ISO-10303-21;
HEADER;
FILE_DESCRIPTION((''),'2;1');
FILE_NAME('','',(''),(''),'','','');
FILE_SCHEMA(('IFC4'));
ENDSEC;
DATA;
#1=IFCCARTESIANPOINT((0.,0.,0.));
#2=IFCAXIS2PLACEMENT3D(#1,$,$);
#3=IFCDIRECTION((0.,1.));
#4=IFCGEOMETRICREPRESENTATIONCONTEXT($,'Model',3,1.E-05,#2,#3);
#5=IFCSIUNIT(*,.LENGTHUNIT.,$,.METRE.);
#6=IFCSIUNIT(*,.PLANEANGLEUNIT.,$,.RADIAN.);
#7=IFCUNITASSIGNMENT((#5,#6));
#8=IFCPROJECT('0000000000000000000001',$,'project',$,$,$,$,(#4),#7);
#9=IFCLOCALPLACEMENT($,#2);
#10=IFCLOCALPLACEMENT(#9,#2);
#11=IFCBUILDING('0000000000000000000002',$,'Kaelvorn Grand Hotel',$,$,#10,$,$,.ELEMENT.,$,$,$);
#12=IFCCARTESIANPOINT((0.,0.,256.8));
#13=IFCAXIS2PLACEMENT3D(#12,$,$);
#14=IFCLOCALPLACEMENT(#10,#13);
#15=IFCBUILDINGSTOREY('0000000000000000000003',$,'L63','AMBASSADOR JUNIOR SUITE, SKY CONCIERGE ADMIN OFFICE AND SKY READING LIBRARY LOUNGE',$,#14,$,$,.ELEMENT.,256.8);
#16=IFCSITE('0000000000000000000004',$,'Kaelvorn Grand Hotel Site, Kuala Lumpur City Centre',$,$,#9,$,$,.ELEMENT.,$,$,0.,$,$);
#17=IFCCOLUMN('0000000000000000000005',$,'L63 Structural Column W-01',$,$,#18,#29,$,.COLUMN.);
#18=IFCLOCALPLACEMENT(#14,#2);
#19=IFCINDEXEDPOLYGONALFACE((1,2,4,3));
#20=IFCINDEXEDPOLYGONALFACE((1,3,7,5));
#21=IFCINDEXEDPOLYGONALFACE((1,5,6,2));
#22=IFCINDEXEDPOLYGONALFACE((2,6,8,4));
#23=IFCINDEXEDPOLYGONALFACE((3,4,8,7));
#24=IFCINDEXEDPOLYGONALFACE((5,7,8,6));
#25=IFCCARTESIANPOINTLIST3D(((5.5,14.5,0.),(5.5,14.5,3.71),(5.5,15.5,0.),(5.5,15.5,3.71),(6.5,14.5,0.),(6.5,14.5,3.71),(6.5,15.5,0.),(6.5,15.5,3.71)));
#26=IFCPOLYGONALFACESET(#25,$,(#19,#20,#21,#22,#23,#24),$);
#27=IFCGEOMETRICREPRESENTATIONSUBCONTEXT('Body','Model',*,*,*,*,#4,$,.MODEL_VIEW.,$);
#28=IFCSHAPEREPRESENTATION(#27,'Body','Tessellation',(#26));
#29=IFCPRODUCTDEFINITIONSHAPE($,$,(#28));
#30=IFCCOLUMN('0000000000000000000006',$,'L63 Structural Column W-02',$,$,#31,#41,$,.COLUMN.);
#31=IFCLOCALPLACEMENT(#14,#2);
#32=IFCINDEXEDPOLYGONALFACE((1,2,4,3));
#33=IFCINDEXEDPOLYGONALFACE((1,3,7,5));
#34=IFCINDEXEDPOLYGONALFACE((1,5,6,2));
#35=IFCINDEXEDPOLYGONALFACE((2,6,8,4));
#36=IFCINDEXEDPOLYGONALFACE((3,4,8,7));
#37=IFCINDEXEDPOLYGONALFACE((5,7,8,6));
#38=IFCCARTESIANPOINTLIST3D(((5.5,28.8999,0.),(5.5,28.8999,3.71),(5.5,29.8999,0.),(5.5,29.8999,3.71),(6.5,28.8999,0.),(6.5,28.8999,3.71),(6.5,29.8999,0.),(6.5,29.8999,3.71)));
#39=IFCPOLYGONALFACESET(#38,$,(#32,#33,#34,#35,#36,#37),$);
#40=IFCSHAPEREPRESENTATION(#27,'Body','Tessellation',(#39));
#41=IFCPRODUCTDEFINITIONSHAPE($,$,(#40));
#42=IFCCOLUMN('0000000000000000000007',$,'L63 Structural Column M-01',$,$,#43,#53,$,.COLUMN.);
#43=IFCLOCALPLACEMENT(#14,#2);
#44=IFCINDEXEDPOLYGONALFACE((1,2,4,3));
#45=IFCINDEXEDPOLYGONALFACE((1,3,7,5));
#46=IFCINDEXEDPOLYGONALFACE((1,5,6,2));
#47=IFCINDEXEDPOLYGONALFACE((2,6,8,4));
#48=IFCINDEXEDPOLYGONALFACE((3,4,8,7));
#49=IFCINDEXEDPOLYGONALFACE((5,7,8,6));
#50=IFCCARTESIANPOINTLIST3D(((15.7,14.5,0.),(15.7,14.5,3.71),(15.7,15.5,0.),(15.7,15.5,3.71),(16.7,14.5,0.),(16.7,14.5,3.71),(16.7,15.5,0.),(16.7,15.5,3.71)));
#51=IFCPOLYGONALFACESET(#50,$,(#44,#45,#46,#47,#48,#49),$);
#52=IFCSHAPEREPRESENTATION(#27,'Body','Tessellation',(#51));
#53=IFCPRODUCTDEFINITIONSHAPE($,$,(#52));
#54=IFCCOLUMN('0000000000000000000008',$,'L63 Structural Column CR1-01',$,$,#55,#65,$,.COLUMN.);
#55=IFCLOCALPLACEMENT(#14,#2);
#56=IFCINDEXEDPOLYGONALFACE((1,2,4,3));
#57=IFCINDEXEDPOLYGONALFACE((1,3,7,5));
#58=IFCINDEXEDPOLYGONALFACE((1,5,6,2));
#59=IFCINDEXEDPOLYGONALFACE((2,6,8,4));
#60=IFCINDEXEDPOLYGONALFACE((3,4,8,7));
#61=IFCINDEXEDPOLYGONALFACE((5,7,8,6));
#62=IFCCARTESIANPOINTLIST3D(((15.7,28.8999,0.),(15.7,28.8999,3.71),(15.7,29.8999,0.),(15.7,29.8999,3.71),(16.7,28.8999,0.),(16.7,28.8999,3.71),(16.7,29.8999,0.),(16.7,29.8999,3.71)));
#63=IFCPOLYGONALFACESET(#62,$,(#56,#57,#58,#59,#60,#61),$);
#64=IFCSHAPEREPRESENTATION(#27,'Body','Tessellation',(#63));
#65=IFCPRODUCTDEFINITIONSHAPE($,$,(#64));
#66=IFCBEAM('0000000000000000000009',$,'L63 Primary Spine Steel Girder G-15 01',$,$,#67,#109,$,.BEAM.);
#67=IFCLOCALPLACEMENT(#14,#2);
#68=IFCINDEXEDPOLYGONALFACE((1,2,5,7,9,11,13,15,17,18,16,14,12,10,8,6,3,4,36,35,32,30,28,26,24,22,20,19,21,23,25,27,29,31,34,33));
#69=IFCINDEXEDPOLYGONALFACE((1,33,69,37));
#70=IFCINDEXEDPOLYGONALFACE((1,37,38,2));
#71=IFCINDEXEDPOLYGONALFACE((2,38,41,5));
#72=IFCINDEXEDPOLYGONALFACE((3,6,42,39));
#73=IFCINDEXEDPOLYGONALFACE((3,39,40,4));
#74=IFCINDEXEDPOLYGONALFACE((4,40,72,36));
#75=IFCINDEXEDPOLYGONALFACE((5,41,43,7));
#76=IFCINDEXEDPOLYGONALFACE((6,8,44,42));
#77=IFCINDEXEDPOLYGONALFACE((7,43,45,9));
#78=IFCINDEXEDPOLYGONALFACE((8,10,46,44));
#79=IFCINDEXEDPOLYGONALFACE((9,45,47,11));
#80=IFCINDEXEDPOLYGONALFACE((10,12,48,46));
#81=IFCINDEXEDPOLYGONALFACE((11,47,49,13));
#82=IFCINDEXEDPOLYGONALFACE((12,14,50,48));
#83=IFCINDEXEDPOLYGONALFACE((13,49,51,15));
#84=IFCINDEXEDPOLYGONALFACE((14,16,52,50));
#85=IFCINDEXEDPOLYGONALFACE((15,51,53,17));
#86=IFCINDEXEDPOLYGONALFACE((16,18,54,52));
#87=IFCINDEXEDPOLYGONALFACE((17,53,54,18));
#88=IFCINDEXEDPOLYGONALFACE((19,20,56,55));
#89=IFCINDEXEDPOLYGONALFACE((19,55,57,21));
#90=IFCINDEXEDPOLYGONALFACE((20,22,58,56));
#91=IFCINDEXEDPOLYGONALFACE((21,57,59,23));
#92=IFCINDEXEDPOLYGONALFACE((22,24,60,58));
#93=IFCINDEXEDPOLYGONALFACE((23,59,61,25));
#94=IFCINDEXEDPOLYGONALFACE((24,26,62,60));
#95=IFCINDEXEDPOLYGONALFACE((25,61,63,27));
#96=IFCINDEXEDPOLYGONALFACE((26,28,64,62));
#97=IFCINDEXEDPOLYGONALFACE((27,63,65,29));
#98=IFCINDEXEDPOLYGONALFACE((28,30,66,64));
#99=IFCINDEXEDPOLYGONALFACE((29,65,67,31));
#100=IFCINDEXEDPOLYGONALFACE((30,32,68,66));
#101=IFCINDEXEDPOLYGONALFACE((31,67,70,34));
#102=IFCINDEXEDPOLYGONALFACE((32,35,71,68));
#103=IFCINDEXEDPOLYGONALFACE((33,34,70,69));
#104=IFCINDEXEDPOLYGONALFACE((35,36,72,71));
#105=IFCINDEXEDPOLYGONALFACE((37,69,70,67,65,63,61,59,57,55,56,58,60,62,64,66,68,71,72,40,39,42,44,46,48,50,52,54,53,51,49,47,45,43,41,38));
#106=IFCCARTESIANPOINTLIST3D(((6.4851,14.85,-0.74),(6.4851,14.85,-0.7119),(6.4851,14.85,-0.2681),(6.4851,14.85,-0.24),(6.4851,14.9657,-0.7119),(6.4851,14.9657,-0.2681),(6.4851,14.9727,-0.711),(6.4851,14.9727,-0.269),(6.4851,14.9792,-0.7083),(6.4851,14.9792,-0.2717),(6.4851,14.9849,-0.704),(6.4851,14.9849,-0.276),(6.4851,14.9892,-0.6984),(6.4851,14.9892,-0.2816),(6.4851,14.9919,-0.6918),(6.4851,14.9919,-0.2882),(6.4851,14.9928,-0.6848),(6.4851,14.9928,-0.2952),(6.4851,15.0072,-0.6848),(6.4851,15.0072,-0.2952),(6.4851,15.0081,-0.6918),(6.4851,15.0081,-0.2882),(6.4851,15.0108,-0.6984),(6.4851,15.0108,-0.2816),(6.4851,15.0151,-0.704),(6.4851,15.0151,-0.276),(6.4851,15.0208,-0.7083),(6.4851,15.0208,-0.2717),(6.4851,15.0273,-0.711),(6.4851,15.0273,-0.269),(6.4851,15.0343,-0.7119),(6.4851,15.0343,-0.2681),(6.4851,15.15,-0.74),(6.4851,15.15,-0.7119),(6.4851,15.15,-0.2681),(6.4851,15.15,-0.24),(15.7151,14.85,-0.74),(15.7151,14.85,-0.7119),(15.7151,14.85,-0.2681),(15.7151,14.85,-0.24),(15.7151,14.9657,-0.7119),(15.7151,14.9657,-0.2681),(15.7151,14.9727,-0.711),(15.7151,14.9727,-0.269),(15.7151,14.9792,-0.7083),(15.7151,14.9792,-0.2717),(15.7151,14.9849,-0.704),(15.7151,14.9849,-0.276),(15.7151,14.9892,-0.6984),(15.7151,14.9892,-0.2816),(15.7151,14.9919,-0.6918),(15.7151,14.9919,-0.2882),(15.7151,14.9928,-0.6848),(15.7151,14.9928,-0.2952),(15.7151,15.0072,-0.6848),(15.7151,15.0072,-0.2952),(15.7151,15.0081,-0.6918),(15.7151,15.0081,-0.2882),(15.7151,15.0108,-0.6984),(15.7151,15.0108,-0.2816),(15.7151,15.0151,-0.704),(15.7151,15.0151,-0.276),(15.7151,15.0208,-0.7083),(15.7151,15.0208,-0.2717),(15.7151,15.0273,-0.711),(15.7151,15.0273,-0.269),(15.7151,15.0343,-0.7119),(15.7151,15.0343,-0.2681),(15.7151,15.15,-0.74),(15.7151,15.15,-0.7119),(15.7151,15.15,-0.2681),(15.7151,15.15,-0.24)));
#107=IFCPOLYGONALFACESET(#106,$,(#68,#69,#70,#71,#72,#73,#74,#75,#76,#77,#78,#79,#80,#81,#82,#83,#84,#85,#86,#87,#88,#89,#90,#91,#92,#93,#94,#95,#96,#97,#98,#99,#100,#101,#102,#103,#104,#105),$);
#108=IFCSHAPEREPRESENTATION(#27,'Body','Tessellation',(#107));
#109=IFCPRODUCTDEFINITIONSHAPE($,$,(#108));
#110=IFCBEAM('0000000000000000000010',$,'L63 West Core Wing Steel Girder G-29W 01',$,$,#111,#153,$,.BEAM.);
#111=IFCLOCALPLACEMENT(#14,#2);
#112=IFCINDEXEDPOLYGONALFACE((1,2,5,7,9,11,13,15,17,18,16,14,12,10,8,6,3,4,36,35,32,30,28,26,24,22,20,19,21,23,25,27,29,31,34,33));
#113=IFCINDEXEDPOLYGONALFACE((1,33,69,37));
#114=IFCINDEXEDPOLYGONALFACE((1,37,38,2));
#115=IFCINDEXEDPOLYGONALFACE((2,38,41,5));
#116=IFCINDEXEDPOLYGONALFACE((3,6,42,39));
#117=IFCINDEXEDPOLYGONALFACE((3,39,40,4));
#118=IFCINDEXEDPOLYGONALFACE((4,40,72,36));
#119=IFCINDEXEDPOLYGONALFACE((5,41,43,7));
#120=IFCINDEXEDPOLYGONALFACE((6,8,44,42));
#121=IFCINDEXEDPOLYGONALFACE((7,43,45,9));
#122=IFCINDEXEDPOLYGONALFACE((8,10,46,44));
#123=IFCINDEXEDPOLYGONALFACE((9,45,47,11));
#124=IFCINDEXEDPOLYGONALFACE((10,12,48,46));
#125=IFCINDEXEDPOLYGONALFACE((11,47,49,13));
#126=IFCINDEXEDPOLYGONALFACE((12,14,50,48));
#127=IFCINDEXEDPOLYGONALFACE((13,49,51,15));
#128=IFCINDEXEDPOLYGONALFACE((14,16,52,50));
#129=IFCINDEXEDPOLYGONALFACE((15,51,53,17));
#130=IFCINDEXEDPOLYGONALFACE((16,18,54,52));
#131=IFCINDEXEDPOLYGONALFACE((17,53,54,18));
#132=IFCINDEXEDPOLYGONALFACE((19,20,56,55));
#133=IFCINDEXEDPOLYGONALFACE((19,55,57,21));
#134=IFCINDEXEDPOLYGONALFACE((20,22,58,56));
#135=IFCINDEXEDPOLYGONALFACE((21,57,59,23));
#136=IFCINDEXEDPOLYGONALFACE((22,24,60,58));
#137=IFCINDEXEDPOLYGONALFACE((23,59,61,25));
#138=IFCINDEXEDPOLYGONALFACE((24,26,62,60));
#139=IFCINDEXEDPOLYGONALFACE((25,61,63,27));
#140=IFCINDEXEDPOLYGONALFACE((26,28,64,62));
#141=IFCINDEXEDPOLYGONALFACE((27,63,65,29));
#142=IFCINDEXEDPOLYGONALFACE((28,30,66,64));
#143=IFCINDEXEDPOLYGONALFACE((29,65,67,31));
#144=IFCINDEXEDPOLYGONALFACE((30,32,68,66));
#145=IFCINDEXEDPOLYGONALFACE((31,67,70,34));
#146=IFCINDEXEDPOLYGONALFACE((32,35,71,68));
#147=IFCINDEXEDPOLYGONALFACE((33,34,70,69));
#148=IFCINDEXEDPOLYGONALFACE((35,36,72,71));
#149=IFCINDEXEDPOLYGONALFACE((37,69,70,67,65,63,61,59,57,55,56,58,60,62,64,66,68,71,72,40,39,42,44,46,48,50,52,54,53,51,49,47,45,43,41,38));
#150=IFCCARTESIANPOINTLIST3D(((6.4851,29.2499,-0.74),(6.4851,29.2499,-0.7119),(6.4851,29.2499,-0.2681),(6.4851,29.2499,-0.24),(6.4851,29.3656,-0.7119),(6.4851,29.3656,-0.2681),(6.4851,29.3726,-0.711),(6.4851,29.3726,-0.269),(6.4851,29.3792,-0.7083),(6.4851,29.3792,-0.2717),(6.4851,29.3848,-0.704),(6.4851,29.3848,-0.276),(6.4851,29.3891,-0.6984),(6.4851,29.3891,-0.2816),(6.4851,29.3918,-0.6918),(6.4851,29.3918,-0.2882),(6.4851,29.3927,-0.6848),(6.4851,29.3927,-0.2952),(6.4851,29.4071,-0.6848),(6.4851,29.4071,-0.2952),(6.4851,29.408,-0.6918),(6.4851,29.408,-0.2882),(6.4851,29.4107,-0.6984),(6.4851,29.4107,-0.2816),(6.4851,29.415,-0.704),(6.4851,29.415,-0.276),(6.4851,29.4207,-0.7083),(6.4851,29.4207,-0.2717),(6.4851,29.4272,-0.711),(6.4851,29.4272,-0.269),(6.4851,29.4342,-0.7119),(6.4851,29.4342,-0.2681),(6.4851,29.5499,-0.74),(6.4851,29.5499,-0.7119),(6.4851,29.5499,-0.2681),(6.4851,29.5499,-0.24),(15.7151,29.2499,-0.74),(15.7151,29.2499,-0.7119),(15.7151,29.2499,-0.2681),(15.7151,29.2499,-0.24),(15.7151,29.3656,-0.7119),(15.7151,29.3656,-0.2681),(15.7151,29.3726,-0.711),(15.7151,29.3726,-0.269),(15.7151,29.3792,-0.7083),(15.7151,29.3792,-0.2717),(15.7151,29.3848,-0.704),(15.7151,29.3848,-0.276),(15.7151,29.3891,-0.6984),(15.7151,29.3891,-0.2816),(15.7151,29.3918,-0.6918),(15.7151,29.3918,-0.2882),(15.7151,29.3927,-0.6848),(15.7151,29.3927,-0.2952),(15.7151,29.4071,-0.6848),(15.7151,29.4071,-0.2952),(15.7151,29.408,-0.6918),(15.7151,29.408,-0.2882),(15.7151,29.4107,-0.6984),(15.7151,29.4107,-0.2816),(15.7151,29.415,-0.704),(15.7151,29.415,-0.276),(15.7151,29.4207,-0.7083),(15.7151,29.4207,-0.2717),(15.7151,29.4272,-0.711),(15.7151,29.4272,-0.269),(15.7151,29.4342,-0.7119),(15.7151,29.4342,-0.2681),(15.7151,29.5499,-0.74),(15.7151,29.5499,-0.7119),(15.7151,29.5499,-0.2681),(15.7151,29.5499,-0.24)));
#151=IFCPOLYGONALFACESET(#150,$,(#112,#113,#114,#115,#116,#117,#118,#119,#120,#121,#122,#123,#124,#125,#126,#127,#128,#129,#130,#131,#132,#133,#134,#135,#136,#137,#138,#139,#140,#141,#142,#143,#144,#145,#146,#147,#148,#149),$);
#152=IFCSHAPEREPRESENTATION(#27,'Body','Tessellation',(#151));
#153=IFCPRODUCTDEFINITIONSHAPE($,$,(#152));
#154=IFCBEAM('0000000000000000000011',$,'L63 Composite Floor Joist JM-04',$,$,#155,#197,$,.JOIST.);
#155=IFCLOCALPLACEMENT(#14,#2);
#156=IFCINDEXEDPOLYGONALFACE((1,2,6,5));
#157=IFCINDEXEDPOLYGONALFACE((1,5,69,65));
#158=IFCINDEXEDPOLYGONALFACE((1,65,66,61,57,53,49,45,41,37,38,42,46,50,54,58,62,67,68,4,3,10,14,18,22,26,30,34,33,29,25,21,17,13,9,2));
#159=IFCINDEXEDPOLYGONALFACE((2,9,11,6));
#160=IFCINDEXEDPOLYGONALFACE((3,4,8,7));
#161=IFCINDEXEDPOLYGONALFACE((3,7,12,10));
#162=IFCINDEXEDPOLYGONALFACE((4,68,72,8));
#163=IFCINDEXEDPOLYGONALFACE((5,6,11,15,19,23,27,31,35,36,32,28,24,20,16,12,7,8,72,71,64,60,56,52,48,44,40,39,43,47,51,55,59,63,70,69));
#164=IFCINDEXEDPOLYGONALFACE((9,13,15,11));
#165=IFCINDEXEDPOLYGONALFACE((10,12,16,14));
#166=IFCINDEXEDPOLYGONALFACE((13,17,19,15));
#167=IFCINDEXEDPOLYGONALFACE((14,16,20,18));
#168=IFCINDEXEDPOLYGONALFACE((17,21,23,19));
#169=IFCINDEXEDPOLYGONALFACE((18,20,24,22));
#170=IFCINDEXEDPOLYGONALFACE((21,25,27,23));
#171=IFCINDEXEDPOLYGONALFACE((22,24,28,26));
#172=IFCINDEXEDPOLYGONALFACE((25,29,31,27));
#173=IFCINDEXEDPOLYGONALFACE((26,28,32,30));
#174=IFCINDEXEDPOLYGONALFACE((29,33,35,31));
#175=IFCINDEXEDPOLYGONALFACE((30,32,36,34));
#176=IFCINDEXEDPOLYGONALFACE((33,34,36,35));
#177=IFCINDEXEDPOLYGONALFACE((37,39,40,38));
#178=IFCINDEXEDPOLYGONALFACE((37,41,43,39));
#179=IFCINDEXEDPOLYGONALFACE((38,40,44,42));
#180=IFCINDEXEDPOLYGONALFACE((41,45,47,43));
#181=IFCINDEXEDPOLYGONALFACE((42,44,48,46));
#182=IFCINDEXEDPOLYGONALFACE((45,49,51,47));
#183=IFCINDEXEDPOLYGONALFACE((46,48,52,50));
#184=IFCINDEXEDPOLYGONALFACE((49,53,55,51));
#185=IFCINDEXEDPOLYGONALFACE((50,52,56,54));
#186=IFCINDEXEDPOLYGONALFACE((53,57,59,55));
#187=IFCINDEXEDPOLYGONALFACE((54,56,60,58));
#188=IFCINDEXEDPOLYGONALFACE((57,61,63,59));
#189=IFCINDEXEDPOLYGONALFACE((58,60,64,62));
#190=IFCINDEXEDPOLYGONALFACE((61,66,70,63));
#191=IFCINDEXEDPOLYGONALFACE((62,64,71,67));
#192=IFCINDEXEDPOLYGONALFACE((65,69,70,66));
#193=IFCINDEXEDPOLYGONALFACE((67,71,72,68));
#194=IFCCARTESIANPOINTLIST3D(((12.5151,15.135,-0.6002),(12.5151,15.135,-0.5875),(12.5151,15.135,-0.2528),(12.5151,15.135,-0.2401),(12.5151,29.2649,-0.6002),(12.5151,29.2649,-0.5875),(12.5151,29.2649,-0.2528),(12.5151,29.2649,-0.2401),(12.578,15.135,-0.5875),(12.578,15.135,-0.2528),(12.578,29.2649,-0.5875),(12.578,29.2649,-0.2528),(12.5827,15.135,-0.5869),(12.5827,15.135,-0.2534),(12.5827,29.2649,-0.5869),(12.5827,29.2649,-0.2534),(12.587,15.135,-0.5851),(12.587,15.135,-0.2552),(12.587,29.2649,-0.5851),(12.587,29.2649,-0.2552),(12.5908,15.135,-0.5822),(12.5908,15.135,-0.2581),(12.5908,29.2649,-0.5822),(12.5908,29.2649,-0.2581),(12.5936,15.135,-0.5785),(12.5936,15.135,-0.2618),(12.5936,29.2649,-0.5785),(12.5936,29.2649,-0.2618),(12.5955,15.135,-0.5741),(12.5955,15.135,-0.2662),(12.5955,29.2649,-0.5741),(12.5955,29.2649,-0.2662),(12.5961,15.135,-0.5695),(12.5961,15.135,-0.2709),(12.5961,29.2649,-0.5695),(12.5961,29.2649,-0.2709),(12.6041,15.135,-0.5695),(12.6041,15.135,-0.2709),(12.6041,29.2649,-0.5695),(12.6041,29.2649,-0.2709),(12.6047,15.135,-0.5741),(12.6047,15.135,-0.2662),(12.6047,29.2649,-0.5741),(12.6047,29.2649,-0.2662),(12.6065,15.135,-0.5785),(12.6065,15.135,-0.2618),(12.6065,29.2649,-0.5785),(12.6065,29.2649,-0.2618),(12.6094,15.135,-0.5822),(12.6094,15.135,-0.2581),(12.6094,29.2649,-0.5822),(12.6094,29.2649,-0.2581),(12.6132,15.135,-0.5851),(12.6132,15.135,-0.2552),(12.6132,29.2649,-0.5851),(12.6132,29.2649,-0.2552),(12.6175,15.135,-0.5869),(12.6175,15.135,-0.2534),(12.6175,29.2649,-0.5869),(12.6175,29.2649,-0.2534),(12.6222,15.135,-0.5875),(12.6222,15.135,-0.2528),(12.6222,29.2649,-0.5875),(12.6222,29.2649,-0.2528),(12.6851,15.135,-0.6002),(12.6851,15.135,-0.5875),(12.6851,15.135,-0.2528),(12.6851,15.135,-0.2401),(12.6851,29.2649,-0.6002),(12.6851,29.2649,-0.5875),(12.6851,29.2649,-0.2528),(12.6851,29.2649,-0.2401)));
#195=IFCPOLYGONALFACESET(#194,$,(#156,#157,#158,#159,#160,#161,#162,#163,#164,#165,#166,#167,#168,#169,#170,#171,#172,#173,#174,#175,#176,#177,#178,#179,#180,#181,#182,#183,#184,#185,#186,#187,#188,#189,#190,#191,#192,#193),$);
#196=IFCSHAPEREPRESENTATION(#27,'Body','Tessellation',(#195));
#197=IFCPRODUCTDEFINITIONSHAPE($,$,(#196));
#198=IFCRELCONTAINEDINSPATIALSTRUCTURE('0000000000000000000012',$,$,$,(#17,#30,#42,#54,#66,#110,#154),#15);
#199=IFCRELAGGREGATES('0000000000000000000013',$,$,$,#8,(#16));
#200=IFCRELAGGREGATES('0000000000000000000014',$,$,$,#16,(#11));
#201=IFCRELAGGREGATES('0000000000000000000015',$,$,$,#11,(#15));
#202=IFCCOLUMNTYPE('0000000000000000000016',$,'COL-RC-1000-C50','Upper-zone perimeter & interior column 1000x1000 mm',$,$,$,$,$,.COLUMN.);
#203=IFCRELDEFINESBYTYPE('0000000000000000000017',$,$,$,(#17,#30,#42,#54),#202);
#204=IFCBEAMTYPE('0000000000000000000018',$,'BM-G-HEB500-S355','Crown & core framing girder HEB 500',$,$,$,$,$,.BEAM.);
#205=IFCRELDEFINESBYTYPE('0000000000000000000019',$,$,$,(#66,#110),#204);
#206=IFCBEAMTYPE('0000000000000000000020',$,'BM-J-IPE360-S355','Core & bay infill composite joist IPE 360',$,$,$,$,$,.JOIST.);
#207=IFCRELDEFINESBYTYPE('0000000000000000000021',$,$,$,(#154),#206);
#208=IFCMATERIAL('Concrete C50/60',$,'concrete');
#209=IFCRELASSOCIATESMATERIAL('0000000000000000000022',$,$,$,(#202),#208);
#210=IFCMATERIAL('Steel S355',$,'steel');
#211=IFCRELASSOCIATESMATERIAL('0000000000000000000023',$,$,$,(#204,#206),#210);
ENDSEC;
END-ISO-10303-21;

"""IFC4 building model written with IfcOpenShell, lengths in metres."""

from ifc_helpers import new_model, si_unit, direction, frame, origin, origin_2d, place, context, subcontext, project, spatial, rectangle, i_section, extrude, material, material_profile, profile_set, type_object, element, save


model = new_model("IFC4")

# Units and contexts
model_context = context("Model", 3, precision=1e-05, world=origin(), true_north=direction((0.0, 1.0)))
body_context = subcontext(model_context, "Body", "Model", "MODEL_VIEW")
ifc_project = project(units=[si_unit("LENGTHUNIT", "METRE"), si_unit("PLANEANGLEUNIT", "RADIAN")], contexts=[model_context])

# Site, building, storey
site_placement = place(None, origin())
site = spatial("IfcSite", under=ifc_project, at=site_placement, Name="Kaelvorn Grand Hotel Site, Kuala Lumpur City Centre", CompositionType="ELEMENT", RefElevation=0.0)
building_placement = place(site_placement, origin())
building = spatial("IfcBuilding", under=site, at=building_placement, Name="Kaelvorn Grand Hotel", CompositionType="ELEMENT")
storey_placement = place(building_placement, frame((0.0, 0.0, 256.8)))
storey = spatial("IfcBuildingStorey", under=building, at=storey_placement, Name="L63", Description="AMBASSADOR JUNIOR SUITE, SKY CONCIERGE ADMIN OFFICE AND SKY READING LIBRARY LOUNGE", CompositionType="ELEMENT", Elevation=256.8)

# Columns
ifc_material_1 = material(Name="Concrete C50/60", Category="concrete")
ifc_material_profile_1 = material_profile(ifc_material_1, rectangle(XDim=1.0, YDim=1.0, at=origin_2d()), Name="RC COL 1000x1000")
ifc_profile_set_1 = profile_set([ifc_material_profile_1], Name="Concrete C50/60")
column_type = type_object("IfcColumnType", Name="COL-RC-1000-C50", Description="Upper-zone perimeter & interior column 1000x1000 mm", PredefinedType="COLUMN", material=ifc_profile_set_1)
for number, where, z_axis, x_axis, name in (
    (1, (6.0, 15.0, 0.0), (0.0, 0.0, 1.0), (1.0, 0.0, 0.0), "L63 Structural Column W-01"),
    (2, (6.0, 29.3999, 0.0), (0.0, 0.0, 1.0), (1.0, 0.0, 0.0), "L63 Structural Column W-02"),
    (3, (16.2, 15.0, 0.0), (0.0, 0.0, 1.0), (1.0, 0.0, 0.0), "L63 Structural Column M-01"),
    (4, (16.2, 29.3999, 0.0), (0.0, 0.0, 1.0), (1.0, 0.0, 0.0), "L63 Structural Column CR1-01"),
):
    element("IfcColumn", number, at=place(storey_placement, frame(where, z_axis=z_axis, x_axis=x_axis)), inside=storey, type_object=column_type, Name=name, PredefinedType="COLUMN", context=body_context, shape_type="SweptSolid", body=[
        extrude(rectangle(XDim=1.0, YDim=1.0, at=origin_2d()), origin(), (0.0, 0.0, 1.0), 3.71),
    ])

# Beams
ifc_material_2 = material(Name="Steel S355", Category="steel")
ifc_material_profile_2 = material_profile(ifc_material_2, i_section(OverallWidth=0.3, OverallDepth=0.5, WebThickness=0.0144, FlangeThickness=0.0281, FilletRadius=0.0271, at=origin_2d()), Name="HEB 500")
ifc_profile_set_2 = profile_set([ifc_material_profile_2], Name="Steel S355")
beam_type_1 = type_object("IfcBeamType", Name="BM-G-HEB500-S355", Description="Crown & core framing girder HEB 500", PredefinedType="BEAM", material=ifc_profile_set_2)
for number, where, z_axis, x_axis, name in (
    (5, (6.4851, 15.0, -0.49), (1.0, 0.0, 0.0), (0.0, 1.0, 0.0), "L63 Primary Spine Steel Girder G-15 01"),
    (6, (6.4851, 29.3999, -0.49), (1.0, 0.0, 0.0), (0.0, 1.0, 0.0), "L63 West Core Wing Steel Girder G-29W 01"),
):
    element("IfcBeam", number, at=place(storey_placement, frame(where, z_axis=z_axis, x_axis=x_axis)), inside=storey, type_object=beam_type_1, Name=name, PredefinedType="BEAM", context=body_context, shape_type="SweptSolid", body=[
        extrude(i_section(OverallWidth=0.3, OverallDepth=0.5, WebThickness=0.0144, FlangeThickness=0.0281, FilletRadius=0.0271, at=origin_2d()), origin(), (0.0, 0.0, 1.0), 9.23),
    ])
ifc_material_profile_3 = material_profile(ifc_material_2, i_section(OverallWidth=0.1699, OverallDepth=0.3601, WebThickness=0.0081, FlangeThickness=0.0127, FilletRadius=0.0181, at=origin_2d()), Name="IPE 360")
ifc_profile_set_3 = profile_set([ifc_material_profile_3], Name="Steel S355")
beam_type_2 = type_object("IfcBeamType", Name="BM-J-IPE360-S355", Description="Core & bay infill composite joist IPE 360", PredefinedType="JOIST", material=ifc_profile_set_3)
beam_1_placement = place(storey_placement, frame((12.6001, 15.135, -0.4202), z_axis=(0.0, 1.0, 0.0), x_axis=(-1.0, 0.0, 0.0)))
element("IfcBeam", 7, at=beam_1_placement, inside=storey, type_object=beam_type_2, Name="L63 Composite Floor Joist JM-04", PredefinedType="JOIST", context=body_context, shape_type="SweptSolid", body=[
    extrude(i_section(OverallWidth=0.1699, OverallDepth=0.3601, WebThickness=0.0081, FlangeThickness=0.0127, FilletRadius=0.0181, at=origin_2d()), origin(), (0.0, 0.0, 1.0), 14.1299),
])

save(model, "model.ifc")
